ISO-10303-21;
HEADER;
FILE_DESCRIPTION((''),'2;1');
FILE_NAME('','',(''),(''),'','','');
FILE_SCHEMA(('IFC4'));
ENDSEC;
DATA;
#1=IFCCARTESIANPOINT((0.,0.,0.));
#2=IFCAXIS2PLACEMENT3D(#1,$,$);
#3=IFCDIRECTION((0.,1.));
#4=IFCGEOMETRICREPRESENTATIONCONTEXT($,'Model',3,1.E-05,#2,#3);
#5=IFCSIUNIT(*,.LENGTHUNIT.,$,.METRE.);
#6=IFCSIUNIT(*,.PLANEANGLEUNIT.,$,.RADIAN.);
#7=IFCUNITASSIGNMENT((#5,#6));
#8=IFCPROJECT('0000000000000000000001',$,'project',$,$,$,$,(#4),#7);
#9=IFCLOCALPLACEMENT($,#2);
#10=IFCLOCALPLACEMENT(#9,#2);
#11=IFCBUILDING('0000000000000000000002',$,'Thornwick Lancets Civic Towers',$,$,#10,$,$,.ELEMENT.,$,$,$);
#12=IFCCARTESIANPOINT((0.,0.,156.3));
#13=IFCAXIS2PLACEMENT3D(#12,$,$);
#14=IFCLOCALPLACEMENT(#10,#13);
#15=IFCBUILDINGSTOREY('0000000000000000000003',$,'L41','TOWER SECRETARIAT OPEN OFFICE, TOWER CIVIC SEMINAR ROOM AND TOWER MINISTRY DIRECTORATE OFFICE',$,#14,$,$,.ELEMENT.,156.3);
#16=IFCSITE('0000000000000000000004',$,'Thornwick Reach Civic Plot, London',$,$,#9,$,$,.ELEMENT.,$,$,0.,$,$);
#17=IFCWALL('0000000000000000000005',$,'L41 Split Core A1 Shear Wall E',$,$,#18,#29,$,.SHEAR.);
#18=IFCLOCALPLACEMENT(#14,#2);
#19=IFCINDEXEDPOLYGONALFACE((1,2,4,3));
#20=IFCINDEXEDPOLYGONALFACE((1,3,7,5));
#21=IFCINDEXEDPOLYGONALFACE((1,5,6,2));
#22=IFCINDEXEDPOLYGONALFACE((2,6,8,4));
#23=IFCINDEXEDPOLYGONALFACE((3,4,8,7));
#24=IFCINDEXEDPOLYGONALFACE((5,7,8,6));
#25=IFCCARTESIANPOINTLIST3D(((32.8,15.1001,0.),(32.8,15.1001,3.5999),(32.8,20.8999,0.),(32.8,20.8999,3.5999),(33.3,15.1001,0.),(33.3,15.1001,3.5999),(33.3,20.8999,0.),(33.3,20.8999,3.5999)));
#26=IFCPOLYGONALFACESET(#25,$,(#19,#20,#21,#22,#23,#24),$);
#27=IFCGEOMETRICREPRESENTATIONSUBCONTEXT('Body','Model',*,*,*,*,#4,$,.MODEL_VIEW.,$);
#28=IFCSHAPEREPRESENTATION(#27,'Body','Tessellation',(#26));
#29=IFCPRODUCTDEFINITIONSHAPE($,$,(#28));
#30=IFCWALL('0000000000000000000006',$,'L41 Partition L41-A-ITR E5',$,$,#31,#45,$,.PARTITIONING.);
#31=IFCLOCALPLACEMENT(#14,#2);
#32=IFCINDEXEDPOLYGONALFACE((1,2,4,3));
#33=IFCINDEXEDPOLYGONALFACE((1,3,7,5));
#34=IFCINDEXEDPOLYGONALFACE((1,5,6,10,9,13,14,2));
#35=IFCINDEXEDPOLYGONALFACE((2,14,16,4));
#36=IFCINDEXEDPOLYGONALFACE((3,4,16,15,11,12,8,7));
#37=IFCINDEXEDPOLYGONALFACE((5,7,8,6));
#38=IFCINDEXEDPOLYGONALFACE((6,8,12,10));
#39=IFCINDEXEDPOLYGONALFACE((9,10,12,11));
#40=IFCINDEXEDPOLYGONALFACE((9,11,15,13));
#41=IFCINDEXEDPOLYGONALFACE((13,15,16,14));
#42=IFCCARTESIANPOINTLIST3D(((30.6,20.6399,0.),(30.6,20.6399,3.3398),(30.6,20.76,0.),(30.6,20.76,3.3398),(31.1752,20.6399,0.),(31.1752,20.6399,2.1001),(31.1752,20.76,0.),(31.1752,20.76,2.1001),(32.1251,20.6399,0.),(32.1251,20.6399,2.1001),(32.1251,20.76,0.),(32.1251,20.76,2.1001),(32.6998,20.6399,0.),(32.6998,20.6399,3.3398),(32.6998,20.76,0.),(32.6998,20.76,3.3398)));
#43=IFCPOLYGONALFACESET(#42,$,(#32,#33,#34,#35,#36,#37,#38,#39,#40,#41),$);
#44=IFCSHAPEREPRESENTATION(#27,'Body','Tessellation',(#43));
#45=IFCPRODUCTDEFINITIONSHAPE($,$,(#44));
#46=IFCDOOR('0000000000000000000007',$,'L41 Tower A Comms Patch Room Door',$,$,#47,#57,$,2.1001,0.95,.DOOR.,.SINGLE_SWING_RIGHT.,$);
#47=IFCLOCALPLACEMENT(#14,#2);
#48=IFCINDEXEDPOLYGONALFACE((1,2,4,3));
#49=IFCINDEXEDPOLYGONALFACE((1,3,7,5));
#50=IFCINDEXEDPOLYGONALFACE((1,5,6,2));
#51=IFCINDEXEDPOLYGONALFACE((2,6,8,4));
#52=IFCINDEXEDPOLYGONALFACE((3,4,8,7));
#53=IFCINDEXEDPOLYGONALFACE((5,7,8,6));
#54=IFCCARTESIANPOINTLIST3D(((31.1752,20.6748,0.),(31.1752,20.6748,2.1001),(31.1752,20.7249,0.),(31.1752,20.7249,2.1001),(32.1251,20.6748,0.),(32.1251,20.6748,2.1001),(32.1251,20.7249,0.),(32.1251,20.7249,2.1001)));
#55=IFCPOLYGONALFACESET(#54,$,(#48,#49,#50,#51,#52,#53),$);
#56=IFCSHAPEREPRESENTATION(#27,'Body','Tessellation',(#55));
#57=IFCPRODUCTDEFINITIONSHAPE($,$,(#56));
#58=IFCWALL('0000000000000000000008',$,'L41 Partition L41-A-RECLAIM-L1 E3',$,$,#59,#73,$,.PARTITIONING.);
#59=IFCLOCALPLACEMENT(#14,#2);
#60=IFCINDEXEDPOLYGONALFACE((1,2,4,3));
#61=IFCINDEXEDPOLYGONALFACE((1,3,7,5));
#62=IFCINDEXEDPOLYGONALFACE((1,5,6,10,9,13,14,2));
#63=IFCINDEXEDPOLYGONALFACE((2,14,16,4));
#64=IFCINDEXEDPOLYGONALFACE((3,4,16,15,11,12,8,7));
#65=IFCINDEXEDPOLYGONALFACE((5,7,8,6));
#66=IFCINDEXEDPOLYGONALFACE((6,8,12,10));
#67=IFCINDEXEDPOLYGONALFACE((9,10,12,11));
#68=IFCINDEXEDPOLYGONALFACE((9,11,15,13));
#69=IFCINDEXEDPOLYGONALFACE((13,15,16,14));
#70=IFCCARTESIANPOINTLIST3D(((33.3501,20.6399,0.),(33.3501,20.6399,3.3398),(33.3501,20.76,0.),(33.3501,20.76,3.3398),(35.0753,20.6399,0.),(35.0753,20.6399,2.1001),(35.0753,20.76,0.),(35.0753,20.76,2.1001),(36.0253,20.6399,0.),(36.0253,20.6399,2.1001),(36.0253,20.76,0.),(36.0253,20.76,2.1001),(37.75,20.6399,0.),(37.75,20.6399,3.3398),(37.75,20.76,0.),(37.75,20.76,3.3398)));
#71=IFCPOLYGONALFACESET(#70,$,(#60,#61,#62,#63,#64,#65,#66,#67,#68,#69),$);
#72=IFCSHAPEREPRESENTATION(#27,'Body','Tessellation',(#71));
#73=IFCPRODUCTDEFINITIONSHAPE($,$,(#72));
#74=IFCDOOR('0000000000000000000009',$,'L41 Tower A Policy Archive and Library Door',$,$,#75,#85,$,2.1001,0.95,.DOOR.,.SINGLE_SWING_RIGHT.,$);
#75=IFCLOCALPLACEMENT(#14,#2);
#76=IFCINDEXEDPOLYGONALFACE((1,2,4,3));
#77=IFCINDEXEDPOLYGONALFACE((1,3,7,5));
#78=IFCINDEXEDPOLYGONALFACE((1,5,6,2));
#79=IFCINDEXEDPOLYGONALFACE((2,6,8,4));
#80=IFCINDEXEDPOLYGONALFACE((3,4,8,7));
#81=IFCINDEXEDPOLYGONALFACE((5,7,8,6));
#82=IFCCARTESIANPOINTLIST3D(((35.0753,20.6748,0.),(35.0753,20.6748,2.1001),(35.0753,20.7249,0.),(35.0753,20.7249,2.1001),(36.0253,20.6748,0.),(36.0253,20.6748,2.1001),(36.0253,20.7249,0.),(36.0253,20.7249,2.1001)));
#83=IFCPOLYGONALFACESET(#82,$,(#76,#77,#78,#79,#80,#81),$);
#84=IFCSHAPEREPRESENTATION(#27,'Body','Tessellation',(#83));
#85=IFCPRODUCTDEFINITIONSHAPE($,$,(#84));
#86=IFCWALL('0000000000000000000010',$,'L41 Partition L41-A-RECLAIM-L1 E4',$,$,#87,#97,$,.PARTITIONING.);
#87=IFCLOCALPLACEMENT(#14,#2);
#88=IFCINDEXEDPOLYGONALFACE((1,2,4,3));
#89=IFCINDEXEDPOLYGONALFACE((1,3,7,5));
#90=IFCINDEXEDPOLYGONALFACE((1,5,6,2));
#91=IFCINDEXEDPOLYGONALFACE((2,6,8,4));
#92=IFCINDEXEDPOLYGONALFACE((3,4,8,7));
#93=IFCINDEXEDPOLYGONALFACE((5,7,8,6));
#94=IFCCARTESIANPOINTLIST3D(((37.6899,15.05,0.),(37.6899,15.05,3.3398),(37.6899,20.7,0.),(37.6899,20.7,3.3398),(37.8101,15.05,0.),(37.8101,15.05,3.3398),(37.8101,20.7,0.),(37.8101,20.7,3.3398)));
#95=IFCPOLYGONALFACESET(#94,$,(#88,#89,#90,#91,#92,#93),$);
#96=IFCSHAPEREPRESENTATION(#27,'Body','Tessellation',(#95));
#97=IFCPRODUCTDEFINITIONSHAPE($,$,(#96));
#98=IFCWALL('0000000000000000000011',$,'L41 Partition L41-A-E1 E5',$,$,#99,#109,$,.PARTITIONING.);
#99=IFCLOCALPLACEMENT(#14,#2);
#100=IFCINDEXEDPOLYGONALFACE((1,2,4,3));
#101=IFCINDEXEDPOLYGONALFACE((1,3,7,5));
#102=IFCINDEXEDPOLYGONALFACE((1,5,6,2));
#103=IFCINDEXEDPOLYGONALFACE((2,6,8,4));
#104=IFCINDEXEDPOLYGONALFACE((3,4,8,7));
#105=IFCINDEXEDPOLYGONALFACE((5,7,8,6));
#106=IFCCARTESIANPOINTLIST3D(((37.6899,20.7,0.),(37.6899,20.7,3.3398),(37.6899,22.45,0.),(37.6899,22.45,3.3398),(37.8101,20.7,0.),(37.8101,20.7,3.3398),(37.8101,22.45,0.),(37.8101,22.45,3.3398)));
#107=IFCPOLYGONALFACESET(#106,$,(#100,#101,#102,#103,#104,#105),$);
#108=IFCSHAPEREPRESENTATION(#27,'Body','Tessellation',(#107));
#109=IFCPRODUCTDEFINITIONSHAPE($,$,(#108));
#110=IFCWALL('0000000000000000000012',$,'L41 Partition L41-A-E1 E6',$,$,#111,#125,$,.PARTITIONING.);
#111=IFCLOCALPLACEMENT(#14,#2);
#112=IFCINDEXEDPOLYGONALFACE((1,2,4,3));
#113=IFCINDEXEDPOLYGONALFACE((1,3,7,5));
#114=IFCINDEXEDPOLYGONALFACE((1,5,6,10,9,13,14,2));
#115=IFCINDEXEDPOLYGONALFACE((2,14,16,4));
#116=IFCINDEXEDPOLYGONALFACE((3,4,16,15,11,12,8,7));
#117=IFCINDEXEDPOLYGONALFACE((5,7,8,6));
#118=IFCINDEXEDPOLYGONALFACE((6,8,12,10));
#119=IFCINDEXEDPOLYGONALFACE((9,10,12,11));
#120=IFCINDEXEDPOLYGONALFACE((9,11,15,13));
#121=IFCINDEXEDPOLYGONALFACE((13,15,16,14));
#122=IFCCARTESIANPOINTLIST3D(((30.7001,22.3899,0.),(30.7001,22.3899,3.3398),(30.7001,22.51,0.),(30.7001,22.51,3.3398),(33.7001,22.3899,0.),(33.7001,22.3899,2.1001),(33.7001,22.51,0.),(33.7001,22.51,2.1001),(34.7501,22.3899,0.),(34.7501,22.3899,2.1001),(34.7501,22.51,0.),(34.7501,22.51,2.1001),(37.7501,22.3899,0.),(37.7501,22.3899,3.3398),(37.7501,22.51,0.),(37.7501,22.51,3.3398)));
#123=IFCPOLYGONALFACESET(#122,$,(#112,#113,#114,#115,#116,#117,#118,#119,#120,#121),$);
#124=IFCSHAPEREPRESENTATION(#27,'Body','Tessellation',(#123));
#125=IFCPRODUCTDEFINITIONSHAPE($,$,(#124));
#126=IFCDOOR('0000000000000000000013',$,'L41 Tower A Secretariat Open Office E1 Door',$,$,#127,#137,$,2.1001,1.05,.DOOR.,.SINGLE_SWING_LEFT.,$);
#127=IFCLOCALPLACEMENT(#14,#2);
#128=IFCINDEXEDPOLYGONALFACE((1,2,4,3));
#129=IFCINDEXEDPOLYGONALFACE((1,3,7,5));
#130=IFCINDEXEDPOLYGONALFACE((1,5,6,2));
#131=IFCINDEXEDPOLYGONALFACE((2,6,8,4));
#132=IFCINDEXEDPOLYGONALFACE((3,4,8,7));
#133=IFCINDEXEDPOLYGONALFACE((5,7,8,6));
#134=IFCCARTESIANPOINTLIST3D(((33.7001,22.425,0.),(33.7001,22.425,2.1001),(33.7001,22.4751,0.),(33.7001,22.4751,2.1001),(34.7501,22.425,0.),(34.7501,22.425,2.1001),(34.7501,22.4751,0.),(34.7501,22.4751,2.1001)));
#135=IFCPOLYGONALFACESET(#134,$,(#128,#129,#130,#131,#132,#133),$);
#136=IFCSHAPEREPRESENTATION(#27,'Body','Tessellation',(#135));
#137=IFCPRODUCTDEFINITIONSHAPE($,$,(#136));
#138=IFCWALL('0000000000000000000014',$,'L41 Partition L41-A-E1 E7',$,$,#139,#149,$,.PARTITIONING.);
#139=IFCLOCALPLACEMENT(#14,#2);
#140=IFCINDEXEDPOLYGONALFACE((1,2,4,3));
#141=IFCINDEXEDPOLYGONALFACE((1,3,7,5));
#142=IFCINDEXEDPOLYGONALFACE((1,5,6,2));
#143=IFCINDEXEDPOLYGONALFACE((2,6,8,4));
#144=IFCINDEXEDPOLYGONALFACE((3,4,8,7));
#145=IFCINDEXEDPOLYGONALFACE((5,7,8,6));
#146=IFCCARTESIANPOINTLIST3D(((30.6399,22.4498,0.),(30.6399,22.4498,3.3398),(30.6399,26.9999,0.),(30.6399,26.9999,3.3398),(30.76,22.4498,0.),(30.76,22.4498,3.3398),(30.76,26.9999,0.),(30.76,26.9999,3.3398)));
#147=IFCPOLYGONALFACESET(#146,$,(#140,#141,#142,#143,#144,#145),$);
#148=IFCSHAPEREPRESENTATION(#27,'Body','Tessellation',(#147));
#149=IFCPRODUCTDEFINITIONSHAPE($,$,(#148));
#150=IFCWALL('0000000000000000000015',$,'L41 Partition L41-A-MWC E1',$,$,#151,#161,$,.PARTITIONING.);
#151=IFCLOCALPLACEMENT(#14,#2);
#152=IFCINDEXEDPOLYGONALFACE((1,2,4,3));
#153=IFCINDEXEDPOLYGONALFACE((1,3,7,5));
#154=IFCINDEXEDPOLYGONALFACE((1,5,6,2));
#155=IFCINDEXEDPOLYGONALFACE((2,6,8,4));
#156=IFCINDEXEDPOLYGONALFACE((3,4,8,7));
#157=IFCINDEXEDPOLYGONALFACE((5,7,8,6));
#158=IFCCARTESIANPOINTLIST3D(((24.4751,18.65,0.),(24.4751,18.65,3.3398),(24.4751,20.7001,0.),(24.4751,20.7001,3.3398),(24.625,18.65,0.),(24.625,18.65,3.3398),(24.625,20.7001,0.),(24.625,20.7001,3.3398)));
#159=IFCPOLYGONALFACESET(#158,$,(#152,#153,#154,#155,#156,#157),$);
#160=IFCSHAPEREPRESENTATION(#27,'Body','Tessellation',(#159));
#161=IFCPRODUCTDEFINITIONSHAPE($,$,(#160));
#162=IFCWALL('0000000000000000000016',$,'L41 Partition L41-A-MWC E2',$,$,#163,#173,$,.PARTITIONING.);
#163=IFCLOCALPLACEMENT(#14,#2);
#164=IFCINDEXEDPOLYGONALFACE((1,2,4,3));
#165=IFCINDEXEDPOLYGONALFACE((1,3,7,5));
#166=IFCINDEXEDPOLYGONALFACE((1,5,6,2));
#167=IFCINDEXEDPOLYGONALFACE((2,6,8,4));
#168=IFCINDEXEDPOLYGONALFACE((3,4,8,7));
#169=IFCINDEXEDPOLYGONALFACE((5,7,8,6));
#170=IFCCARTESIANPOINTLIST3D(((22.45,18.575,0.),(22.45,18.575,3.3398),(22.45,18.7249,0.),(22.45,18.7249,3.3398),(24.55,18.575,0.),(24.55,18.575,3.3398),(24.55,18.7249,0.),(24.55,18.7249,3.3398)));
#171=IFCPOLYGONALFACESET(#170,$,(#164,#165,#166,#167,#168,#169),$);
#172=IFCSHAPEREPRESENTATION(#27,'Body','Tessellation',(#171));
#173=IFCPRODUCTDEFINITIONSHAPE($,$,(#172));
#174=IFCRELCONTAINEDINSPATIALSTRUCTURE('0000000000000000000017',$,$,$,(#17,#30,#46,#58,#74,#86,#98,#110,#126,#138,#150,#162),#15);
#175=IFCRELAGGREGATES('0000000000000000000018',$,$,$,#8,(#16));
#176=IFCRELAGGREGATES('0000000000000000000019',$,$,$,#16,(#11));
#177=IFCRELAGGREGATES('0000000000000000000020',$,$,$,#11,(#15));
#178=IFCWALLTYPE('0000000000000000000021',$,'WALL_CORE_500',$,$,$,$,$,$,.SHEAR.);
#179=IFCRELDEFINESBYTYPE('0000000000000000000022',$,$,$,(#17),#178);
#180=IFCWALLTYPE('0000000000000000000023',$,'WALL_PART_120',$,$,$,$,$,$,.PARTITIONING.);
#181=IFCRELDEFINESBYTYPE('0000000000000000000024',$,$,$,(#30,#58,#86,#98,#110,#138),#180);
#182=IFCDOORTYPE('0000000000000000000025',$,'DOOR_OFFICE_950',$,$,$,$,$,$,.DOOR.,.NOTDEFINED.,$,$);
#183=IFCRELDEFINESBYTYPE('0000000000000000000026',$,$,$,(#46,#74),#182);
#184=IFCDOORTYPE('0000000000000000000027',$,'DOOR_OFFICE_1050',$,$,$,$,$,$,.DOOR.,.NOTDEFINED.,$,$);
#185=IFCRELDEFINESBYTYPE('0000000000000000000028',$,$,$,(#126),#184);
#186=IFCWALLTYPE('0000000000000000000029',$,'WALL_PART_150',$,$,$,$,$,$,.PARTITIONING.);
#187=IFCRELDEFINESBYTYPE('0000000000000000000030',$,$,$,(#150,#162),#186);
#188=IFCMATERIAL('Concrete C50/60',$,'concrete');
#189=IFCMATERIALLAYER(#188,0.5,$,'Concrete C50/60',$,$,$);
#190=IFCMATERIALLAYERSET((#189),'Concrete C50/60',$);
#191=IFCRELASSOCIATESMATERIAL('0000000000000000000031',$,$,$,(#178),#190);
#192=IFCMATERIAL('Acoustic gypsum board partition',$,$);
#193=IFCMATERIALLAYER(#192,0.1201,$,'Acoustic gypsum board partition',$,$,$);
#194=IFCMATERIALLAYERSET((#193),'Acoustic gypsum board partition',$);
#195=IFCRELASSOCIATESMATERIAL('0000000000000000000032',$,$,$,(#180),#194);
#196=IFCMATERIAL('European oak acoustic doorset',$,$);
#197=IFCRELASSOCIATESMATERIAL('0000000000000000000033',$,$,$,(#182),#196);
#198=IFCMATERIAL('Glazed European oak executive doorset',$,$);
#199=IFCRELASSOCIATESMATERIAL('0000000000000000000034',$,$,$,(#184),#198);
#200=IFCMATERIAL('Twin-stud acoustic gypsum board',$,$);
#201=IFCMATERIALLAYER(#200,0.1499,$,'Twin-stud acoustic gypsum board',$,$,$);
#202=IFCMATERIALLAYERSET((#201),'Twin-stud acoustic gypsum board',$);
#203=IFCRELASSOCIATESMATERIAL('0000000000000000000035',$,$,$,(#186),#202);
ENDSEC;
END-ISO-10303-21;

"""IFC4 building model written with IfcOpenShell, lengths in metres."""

from ifc_helpers import new_model, si_unit, direction, frame, frame_2d, origin, place, context, subcontext, project, spatial, rectangle, extrude, material, layer, layer_set, type_object, element, fill, save


model = new_model("IFC4")

# Units and contexts
model_context = context("Model", 3, precision=1e-05, world=origin(), true_north=direction((0.0, 1.0)))
body_context = subcontext(model_context, "Body", "Model", "MODEL_VIEW")
ifc_project = project(units=[si_unit("LENGTHUNIT", "METRE"), si_unit("PLANEANGLEUNIT", "RADIAN")], contexts=[model_context])

# Site, building, storey
site_placement = place(None, origin())
site = spatial("IfcSite", under=ifc_project, at=site_placement, Name="Thornwick Reach Civic Plot, London", CompositionType="ELEMENT", RefElevation=0.0)
building_placement = place(site_placement, origin())
building = spatial("IfcBuilding", under=site, at=building_placement, Name="Thornwick Lancets Civic Towers", CompositionType="ELEMENT")
storey_placement = place(building_placement, frame((0.0, 0.0, 156.3)))
storey = spatial("IfcBuildingStorey", under=building, at=storey_placement, Name="L41", Description="TOWER SECRETARIAT OPEN OFFICE, TOWER CIVIC SEMINAR ROOM AND TOWER MINISTRY DIRECTORATE OFFICE", CompositionType="ELEMENT", Elevation=156.3)

# Shared definitions
ifc_material_1 = material(Name="Concrete C50/60", Category="concrete")

# Wall
ifc_layer_1 = layer(ifc_material_1, 0.5, Name="Concrete C50/60")
ifc_layer_set_1 = layer_set([ifc_layer_1], Name="Concrete C50/60")
wall_type_1 = type_object("IfcWallType", Name="WALL_CORE_500", PredefinedType="SHEAR", material=ifc_layer_set_1)
wall_1_placement = place(storey_placement, frame((33.05, 15.1001, 0.0), z_axis=(0.0, 0.0, 1.0), x_axis=(0.0, 1.0, 0.0)))
element("IfcWall", 1, at=wall_1_placement, inside=storey, type_object=wall_type_1, Name="L41 Split Core A1 Shear Wall E", PredefinedType="SHEAR", context=body_context, shape_type="SweptSolid", body=[
    extrude(rectangle(XDim=5.7998, YDim=0.5, at=frame_2d((2.8999, 0.0))), origin(), (0.0, 0.0, 1.0), 3.5999),
])

# Walls, openings, doors
ifc_material_2 = material(Name="Acoustic gypsum board partition")
ifc_layer_2 = layer(ifc_material_2, 0.1201, Name="Acoustic gypsum board partition")
ifc_layer_set_2 = layer_set([ifc_layer_2], Name="Acoustic gypsum board partition")
wall_type_2 = type_object("IfcWallType", Name="WALL_PART_120", PredefinedType="PARTITIONING", material=ifc_layer_set_2)
wall_2_placement = place(storey_placement, frame((30.6001, 20.7, 0.0), z_axis=(0.0, 0.0, 1.0), x_axis=(1.0, 0.0, 0.0)))
wall_2 = element("IfcWall", 2, at=wall_2_placement, inside=storey, type_object=wall_type_2, Name="L41 Partition L41-A-ITR E5", PredefinedType="PARTITIONING", context=body_context, shape_type="SweptSolid", body=[
    extrude(rectangle(XDim=2.0999, YDim=0.1201, at=frame_2d((1.0498, 0.0))), origin(), (0.0, 0.0, 1.0), 3.3398),
])
opening_1_placement = place(wall_2_placement, frame((0.575, 0.0, 0.0)))
opening_1 = element("IfcOpeningElement", 3, at=opening_1_placement, cuts=wall_2, PredefinedType="OPENING", context=body_context, shape_type="SweptSolid", body=[
    extrude(rectangle(XDim=0.95, YDim=2.1001, at=frame_2d((0.4751, 1.05))), frame((0.0, 0.0701, 0.0), z_axis=(0.0, -1.0, 0.0), x_axis=(1.0, 0.0, 0.0)), (0.0, 0.0, 1.0), 0.1401),
])
ifc_material_3 = material(Name="European oak acoustic doorset")
door_type_1 = type_object("IfcDoorType", Name="DOOR_OFFICE_950", OperationType="NOTDEFINED", PredefinedType="DOOR", material=ifc_material_3)
door_1_placement = place(opening_1_placement, origin())
door_1 = element("IfcDoor", 4, at=door_1_placement, inside=storey, type_object=door_type_1, Name="L41 Tower A Comms Patch Room Door", OperationType="SINGLE_SWING_RIGHT", OverallHeight=2.1001, OverallWidth=0.95, PredefinedType="DOOR", context=body_context, shape_type="SweptSolid", body=[
    extrude(rectangle(XDim=0.95, YDim=2.1001, at=frame_2d((0.4751, 1.05))), frame((0.0, 0.0249, 0.0), z_axis=(0.0, -1.0, 0.0), x_axis=(1.0, 0.0, 0.0)), (0.0, 0.0, 1.0), 0.05),
])
fill(opening_1, door_1)
wall_3_placement = place(storey_placement, frame((33.3501, 20.7, 0.0), z_axis=(0.0, 0.0, 1.0), x_axis=(1.0, 0.0, 0.0)))
wall_3 = element("IfcWall", 5, at=wall_3_placement, inside=storey, type_object=wall_type_2, Name="L41 Partition L41-A-RECLAIM-L1 E3", PredefinedType="PARTITIONING", context=body_context, shape_type="SweptSolid", body=[
    extrude(rectangle(XDim=4.3999, YDim=0.1201, at=frame_2d((2.2, 0.0))), origin(), (0.0, 0.0, 1.0), 3.3398),
])
opening_2_placement = place(wall_3_placement, frame((1.7251, 0.0, 0.0)))
opening_2 = element("IfcOpeningElement", 6, at=opening_2_placement, cuts=wall_3, PredefinedType="OPENING", context=body_context, shape_type="SweptSolid", body=[
    extrude(rectangle(XDim=0.95, YDim=2.1001, at=frame_2d((0.4751, 1.05))), frame((0.0, 0.0701, 0.0), z_axis=(0.0, -1.0, 0.0), x_axis=(1.0, 0.0, 0.0)), (0.0, 0.0, 1.0), 0.1401),
])
door_2_placement = place(opening_2_placement, origin())
door_2 = element("IfcDoor", 7, at=door_2_placement, inside=storey, type_object=door_type_1, Name="L41 Tower A Policy Archive and Library Door", OperationType="SINGLE_SWING_RIGHT", OverallHeight=2.1001, OverallWidth=0.95, PredefinedType="DOOR", context=body_context, shape_type="SweptSolid", body=[
    extrude(rectangle(XDim=0.95, YDim=2.1001, at=frame_2d((0.4751, 1.05))), frame((0.0, 0.0249, 0.0), z_axis=(0.0, -1.0, 0.0), x_axis=(1.0, 0.0, 0.0)), (0.0, 0.0, 1.0), 0.05),
])
fill(opening_2, door_2)

# Walls
wall_4_placement = place(storey_placement, frame((37.75, 20.7, 0.0), z_axis=(0.0, 0.0, 1.0), x_axis=(0.0, -1.0, 0.0)))
element("IfcWall", 8, at=wall_4_placement, inside=storey, type_object=wall_type_2, Name="L41 Partition L41-A-RECLAIM-L1 E4", PredefinedType="PARTITIONING", context=body_context, shape_type="SweptSolid", body=[
    extrude(rectangle(XDim=5.6499, YDim=0.1201, at=frame_2d((2.825, 0.0))), origin(), (0.0, 0.0, 1.0), 3.3398),
])
wall_5_placement = place(storey_placement, frame((37.75, 20.7, 0.0), z_axis=(0.0, 0.0, 1.0), x_axis=(0.0, 1.0, 0.0)))
element("IfcWall", 9, at=wall_5_placement, inside=storey, type_object=wall_type_2, Name="L41 Partition L41-A-E1 E5", PredefinedType="PARTITIONING", context=body_context, shape_type="SweptSolid", body=[
    extrude(rectangle(XDim=1.75, YDim=0.1201, at=frame_2d((0.875, 0.0))), origin(), (0.0, 0.0, 1.0), 3.3398),
])

# Wall, opening, door
wall_6_placement = place(storey_placement, frame((37.75, 22.45, 0.0), z_axis=(0.0, 0.0, 1.0), x_axis=(-1.0, 0.0, 0.0)))
wall_6 = element("IfcWall", 10, at=wall_6_placement, inside=storey, type_object=wall_type_2, Name="L41 Partition L41-A-E1 E6", PredefinedType="PARTITIONING", context=body_context, shape_type="SweptSolid", body=[
    extrude(rectangle(XDim=7.05, YDim=0.1201, at=frame_2d((3.5249, 0.0))), origin(), (0.0, 0.0, 1.0), 3.3398),
])
opening_3_placement = place(wall_6_placement, frame((3.0, 0.0, 0.0)))
opening_3 = element("IfcOpeningElement", 11, at=opening_3_placement, cuts=wall_6, PredefinedType="OPENING", context=body_context, shape_type="SweptSolid", body=[
    extrude(rectangle(XDim=1.05, YDim=2.1001, at=frame_2d((0.5249, 1.05))), frame((0.0, 0.0701, 0.0), z_axis=(0.0, -1.0, 0.0), x_axis=(1.0, 0.0, 0.0)), (0.0, 0.0, 1.0), 0.1401),
])
ifc_material_4 = material(Name="Glazed European oak executive doorset")
door_type_2 = type_object("IfcDoorType", Name="DOOR_OFFICE_1050", OperationType="NOTDEFINED", PredefinedType="DOOR", material=ifc_material_4)
door_3_placement = place(opening_3_placement, origin())
door_3 = element("IfcDoor", 12, at=door_3_placement, inside=storey, type_object=door_type_2, Name="L41 Tower A Secretariat Open Office E1 Door", OperationType="SINGLE_SWING_LEFT", OverallHeight=2.1001, OverallWidth=1.05, PredefinedType="DOOR", context=body_context, shape_type="SweptSolid", body=[
    extrude(rectangle(XDim=1.05, YDim=2.1001, at=frame_2d((0.5249, 1.05))), frame((0.0, 0.0249, 0.0), z_axis=(0.0, -1.0, 0.0), x_axis=(1.0, 0.0, 0.0)), (0.0, 0.0, 1.0), 0.05),
])
fill(opening_3, door_3)

# Walls
wall_7_placement = place(storey_placement, frame((30.7, 22.45, 0.0), z_axis=(0.0, 0.0, 1.0), x_axis=(0.0, 1.0, 0.0)))
element("IfcWall", 13, at=wall_7_placement, inside=storey, type_object=wall_type_2, Name="L41 Partition L41-A-E1 E7", PredefinedType="PARTITIONING", context=body_context, shape_type="SweptSolid", body=[
    extrude(rectangle(XDim=4.55, YDim=0.1201, at=frame_2d((2.2749, 0.0))), origin(), (0.0, 0.0, 1.0), 3.3398),
])
ifc_material_5 = material(Name="Twin-stud acoustic gypsum board")
ifc_layer_3 = layer(ifc_material_5, 0.1499, Name="Twin-stud acoustic gypsum board")
ifc_layer_set_3 = layer_set([ifc_layer_3], Name="Twin-stud acoustic gypsum board")
wall_type_3 = type_object("IfcWallType", Name="WALL_PART_150", PredefinedType="PARTITIONING", material=ifc_layer_set_3)
wall_8_placement = place(storey_placement, frame((24.55, 20.7, 0.0), z_axis=(0.0, 0.0, 1.0), x_axis=(0.0, -1.0, 0.0)))
element("IfcWall", 14, at=wall_8_placement, inside=storey, type_object=wall_type_3, Name="L41 Partition L41-A-MWC E1", PredefinedType="PARTITIONING", context=body_context, shape_type="SweptSolid", body=[
    extrude(rectangle(XDim=2.05, YDim=0.1499, at=frame_2d((1.0249, 0.0))), origin(), (0.0, 0.0, 1.0), 3.3398),
])
wall_9_placement = place(storey_placement, frame((24.55, 18.6499, 0.0), z_axis=(0.0, 0.0, 1.0), x_axis=(-1.0, 0.0, 0.0)))
element("IfcWall", 15, at=wall_9_placement, inside=storey, type_object=wall_type_3, Name="L41 Partition L41-A-MWC E2", PredefinedType="PARTITIONING", context=body_context, shape_type="SweptSolid", body=[
    extrude(rectangle(XDim=2.1001, YDim=0.1499, at=frame_2d((1.05, 0.0))), origin(), (0.0, 0.0, 1.0), 3.3398),
])

save(model, "model.ifc")
